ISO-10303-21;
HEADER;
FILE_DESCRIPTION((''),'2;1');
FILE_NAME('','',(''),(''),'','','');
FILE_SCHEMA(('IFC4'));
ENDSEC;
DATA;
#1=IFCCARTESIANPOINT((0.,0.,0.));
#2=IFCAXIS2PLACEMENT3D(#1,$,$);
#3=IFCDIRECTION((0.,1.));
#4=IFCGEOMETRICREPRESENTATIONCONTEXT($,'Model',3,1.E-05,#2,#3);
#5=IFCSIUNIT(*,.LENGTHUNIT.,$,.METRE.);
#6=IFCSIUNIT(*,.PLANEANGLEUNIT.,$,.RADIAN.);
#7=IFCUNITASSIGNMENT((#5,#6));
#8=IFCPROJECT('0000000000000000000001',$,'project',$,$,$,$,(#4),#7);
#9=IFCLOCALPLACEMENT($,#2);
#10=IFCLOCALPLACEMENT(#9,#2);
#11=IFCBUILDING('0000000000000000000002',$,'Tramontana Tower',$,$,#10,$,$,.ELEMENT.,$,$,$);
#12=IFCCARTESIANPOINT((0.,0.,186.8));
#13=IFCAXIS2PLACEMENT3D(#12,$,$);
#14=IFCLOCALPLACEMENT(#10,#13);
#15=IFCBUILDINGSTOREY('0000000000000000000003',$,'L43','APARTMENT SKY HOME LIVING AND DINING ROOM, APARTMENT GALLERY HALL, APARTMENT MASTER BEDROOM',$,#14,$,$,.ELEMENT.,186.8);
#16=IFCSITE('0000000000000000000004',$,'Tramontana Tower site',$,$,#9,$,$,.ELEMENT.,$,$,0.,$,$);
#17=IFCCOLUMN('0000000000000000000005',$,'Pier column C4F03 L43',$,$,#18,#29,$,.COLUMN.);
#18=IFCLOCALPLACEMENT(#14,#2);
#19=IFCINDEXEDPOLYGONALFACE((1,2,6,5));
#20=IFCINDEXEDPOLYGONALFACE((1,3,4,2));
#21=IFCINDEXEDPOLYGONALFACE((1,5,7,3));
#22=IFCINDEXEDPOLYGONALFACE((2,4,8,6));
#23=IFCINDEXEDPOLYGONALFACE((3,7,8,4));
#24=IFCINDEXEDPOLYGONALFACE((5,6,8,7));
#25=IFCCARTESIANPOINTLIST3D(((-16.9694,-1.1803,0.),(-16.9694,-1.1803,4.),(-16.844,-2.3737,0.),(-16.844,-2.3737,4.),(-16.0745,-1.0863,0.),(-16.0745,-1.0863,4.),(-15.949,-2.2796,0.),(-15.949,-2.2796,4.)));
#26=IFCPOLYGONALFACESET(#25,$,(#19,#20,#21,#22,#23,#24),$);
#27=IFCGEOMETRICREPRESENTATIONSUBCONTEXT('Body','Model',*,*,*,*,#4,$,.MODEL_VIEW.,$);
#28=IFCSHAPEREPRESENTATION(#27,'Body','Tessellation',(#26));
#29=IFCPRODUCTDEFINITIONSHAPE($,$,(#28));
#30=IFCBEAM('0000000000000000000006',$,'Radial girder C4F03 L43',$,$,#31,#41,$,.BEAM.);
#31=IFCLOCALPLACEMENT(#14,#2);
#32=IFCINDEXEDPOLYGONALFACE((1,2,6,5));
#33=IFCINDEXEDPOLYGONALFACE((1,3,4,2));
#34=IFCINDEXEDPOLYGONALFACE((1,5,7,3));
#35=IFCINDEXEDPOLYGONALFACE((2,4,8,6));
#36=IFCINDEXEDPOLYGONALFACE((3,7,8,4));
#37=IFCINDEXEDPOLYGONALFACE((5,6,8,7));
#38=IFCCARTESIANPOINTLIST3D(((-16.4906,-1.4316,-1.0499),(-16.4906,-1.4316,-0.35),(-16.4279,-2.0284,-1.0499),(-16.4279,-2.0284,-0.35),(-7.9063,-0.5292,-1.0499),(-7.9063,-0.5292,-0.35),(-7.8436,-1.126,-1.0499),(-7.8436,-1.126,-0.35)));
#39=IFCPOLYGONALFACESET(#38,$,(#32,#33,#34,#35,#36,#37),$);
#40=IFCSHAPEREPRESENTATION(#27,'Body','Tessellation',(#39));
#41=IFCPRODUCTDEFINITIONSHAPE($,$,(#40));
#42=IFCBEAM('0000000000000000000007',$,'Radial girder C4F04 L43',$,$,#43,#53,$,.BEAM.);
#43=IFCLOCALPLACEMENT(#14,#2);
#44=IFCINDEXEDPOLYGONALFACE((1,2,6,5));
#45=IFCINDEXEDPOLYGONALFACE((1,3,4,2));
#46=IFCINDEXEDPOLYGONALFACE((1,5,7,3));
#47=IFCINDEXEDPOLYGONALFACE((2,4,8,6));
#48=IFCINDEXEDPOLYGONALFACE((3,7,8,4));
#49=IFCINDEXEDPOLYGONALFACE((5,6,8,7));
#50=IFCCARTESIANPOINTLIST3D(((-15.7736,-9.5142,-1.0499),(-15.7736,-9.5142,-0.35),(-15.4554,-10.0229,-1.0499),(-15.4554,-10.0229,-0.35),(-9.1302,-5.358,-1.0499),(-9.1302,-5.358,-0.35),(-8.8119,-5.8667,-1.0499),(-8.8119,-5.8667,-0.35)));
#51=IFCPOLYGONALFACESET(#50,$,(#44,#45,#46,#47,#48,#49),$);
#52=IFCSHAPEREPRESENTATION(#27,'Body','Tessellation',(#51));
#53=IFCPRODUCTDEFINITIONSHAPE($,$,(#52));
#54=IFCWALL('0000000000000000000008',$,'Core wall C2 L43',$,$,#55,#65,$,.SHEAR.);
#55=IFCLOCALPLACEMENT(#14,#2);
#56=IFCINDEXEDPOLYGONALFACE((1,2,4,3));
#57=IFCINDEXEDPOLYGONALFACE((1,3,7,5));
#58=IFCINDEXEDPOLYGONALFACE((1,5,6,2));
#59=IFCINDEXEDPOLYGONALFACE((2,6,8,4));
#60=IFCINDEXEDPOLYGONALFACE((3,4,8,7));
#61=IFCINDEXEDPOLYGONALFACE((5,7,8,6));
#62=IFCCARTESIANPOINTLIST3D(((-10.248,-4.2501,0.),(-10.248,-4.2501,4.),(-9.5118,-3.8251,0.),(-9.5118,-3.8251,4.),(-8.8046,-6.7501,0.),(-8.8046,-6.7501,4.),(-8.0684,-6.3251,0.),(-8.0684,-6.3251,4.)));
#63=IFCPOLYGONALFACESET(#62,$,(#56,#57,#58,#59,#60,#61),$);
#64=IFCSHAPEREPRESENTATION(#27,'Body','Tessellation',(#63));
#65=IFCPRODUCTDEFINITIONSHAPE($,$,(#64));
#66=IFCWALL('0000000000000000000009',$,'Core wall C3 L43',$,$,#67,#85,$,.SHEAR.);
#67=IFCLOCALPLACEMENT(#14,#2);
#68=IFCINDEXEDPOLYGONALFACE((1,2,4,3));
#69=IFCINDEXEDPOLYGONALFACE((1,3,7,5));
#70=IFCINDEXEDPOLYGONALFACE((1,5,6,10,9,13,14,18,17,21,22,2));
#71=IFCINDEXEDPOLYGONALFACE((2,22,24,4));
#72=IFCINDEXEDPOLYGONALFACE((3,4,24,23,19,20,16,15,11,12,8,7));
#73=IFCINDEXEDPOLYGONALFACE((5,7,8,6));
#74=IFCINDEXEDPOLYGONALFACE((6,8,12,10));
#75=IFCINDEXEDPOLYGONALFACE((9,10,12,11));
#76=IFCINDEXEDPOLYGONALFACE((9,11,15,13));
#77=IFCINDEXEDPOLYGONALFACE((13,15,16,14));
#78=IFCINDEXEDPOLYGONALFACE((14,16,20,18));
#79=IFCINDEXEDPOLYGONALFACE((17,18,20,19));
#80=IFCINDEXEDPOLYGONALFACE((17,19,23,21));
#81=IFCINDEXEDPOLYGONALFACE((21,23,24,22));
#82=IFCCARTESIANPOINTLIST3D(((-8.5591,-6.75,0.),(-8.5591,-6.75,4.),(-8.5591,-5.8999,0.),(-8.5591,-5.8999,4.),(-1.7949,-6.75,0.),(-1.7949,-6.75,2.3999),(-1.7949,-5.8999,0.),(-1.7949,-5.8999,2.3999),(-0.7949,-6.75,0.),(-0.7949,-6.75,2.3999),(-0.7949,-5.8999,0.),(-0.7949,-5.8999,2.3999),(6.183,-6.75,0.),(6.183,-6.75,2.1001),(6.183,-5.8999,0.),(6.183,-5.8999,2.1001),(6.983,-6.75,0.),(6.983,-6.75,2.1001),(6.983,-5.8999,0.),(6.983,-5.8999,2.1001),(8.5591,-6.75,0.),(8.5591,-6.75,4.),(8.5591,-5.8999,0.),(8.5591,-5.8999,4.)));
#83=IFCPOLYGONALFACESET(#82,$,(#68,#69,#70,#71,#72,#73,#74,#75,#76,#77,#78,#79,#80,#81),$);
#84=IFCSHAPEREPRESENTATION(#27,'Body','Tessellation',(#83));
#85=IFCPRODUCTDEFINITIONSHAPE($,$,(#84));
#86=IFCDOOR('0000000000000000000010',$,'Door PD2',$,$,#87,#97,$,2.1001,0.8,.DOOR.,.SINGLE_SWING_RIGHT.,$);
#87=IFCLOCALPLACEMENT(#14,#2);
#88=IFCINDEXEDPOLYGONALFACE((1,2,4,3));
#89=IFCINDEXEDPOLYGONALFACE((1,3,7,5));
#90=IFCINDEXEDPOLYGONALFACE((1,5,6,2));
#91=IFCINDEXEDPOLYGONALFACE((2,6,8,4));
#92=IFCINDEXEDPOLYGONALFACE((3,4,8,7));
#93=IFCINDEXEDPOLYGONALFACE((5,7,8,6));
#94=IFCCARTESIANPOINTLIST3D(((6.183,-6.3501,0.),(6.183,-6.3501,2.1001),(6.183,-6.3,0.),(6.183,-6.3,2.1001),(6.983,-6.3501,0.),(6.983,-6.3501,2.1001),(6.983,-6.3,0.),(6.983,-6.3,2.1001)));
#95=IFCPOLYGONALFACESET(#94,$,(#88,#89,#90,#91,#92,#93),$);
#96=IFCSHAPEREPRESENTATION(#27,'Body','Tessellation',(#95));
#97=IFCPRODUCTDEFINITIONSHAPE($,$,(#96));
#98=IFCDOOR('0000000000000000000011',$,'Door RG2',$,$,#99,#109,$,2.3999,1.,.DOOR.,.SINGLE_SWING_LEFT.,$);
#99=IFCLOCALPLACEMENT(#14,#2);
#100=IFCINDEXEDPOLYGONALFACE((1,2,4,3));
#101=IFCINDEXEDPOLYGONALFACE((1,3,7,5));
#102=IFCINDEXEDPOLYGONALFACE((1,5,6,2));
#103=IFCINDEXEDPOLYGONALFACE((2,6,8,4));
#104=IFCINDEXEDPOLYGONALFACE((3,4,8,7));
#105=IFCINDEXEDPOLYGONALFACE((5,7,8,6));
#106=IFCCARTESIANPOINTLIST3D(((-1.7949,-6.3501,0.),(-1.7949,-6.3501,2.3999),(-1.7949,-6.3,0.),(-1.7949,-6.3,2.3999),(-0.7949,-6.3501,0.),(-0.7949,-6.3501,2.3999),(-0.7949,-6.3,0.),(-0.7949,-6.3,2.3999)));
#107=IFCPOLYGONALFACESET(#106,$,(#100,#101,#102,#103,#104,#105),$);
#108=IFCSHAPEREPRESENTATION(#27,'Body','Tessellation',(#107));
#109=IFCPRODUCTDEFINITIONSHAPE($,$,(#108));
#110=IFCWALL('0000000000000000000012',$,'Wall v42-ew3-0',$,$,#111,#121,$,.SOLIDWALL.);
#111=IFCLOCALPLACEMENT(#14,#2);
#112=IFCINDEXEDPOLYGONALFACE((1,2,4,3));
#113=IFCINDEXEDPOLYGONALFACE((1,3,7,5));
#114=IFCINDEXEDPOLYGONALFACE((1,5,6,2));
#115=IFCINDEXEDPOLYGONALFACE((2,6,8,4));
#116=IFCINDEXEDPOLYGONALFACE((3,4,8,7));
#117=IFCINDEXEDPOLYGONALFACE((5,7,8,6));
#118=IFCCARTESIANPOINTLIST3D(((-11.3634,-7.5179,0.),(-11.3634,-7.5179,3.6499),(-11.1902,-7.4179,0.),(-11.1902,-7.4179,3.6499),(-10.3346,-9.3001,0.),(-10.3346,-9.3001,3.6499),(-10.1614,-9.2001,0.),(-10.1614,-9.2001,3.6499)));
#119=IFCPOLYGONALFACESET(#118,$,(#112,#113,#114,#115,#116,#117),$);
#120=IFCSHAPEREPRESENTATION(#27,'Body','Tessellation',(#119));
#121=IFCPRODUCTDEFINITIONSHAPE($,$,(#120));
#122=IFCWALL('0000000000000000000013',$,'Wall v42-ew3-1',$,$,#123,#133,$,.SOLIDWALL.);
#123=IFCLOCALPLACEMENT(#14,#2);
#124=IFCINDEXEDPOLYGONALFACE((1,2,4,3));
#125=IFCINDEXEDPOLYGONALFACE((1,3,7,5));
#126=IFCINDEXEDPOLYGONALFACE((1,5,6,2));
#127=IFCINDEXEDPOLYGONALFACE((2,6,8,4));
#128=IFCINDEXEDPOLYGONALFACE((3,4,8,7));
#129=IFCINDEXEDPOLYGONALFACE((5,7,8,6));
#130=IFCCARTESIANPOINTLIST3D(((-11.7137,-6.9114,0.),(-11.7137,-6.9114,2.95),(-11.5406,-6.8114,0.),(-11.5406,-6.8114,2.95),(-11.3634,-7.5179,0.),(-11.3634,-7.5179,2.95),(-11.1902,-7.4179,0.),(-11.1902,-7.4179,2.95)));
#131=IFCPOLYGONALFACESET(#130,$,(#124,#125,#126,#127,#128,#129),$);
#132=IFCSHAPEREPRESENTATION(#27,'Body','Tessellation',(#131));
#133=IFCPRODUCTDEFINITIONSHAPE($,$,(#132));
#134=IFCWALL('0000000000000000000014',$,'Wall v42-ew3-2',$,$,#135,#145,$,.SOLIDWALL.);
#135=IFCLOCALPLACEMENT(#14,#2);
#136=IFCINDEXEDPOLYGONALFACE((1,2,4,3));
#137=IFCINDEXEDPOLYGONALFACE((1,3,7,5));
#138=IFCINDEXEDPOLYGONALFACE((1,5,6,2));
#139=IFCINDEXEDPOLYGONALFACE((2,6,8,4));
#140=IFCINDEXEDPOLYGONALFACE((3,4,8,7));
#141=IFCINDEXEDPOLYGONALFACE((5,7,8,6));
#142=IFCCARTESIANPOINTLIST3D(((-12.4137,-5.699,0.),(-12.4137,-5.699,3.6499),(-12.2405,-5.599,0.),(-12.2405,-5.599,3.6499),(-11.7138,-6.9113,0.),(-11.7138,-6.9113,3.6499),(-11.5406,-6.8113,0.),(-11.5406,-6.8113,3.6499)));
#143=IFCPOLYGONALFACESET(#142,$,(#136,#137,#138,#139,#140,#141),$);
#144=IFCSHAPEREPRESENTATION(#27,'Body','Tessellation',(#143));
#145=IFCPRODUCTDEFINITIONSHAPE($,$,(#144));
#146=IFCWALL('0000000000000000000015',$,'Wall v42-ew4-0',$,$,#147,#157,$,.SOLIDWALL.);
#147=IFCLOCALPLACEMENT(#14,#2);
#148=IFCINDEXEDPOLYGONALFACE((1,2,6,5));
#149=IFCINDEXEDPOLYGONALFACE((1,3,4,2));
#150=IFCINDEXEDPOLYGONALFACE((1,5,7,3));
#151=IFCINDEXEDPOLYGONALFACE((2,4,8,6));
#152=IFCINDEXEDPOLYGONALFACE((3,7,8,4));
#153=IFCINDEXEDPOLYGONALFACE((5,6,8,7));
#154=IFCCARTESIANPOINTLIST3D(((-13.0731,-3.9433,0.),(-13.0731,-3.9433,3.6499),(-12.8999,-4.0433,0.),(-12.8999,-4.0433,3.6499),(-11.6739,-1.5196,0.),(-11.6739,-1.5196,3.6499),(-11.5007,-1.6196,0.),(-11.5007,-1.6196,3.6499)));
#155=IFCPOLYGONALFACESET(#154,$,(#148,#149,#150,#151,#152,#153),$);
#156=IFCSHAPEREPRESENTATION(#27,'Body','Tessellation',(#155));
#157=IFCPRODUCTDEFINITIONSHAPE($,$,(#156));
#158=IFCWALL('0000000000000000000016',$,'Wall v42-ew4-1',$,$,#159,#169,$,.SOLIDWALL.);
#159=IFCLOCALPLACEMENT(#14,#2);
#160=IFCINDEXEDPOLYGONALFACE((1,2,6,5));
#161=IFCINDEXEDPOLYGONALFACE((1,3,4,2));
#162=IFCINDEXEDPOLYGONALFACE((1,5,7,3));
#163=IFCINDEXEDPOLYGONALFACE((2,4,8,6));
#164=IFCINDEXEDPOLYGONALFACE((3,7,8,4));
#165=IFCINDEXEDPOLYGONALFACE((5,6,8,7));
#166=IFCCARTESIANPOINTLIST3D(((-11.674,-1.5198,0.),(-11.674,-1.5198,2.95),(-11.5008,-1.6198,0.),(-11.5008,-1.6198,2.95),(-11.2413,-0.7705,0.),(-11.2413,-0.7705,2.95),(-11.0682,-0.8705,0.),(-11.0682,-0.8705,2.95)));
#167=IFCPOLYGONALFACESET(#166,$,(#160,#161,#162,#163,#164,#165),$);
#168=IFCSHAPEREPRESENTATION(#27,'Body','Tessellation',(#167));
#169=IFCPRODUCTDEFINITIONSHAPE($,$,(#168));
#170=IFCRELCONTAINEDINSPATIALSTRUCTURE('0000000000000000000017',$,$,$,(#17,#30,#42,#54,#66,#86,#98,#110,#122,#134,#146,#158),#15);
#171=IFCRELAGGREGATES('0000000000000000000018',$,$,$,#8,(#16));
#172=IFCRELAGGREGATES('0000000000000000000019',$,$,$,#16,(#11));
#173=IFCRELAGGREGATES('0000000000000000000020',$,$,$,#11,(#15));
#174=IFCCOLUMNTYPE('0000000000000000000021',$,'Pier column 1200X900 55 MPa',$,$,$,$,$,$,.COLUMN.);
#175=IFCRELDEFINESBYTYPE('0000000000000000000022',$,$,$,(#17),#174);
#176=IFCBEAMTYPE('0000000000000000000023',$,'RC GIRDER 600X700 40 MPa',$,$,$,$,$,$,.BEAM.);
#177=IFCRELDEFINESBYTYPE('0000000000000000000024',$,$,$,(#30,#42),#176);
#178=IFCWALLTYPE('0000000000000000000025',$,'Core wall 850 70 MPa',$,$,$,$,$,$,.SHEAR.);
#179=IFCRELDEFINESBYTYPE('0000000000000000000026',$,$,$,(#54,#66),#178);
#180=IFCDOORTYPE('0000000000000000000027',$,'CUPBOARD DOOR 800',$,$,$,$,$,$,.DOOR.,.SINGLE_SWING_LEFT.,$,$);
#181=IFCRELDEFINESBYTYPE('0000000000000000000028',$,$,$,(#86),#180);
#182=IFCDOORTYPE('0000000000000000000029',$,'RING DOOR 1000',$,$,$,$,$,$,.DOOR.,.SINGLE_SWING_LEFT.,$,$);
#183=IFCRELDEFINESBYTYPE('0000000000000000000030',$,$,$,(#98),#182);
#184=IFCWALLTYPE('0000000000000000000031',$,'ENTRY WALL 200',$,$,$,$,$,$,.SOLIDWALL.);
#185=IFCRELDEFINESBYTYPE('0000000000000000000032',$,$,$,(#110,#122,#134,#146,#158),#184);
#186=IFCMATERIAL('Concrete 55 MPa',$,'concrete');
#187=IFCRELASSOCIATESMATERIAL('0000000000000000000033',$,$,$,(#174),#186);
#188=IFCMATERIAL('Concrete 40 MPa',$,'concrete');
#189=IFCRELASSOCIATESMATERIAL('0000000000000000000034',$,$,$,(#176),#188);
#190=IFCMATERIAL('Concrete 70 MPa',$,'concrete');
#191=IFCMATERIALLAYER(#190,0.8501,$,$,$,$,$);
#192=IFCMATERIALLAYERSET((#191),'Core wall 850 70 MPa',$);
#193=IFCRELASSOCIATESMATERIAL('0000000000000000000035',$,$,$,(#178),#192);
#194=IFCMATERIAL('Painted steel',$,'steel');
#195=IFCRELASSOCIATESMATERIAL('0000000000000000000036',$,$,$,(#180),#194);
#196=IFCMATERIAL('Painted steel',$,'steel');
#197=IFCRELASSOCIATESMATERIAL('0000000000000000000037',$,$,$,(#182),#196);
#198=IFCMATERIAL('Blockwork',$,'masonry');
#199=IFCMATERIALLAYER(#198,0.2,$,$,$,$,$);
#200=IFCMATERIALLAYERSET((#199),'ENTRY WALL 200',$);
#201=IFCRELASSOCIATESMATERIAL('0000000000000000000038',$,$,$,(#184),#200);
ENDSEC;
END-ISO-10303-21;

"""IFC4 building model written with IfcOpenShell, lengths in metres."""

from ifc_helpers import new_model, si_unit, direction, frame, frame_2d, origin, origin_2d, place, context, subcontext, project, spatial, rectangle, extrude, material, layer, layer_set, material_profile, profile_set, type_object, element, fill, save


model = new_model("IFC4")

# Units and contexts
model_context = context("Model", 3, precision=1e-05, world=origin(), true_north=direction((0.0, 1.0)))
body_context = subcontext(model_context, "Body", "Model", "MODEL_VIEW")
ifc_project = project(units=[si_unit("LENGTHUNIT", "METRE"), si_unit("PLANEANGLEUNIT", "RADIAN")], contexts=[model_context])

# Site, building, storey
site_placement = place(None, origin())
site = spatial("IfcSite", under=ifc_project, at=site_placement, Name="Tramontana Tower site", CompositionType="ELEMENT", RefElevation=0.0)
building_placement = place(site_placement, origin())
building = spatial("IfcBuilding", under=site, at=building_placement, Name="Tramontana Tower", CompositionType="ELEMENT")
storey_placement = place(building_placement, frame((0.0, 0.0, 186.8)))
storey = spatial("IfcBuildingStorey", under=building, at=storey_placement, Name="L43", Description="APARTMENT SKY HOME LIVING AND DINING ROOM, APARTMENT GALLERY HALL, APARTMENT MASTER BEDROOM", CompositionType="ELEMENT", Elevation=186.8)

# Column
ifc_material_1 = material(Name="Concrete 55 MPa", Category="concrete")
ifc_material_profile_1 = material_profile(ifc_material_1, rectangle(XDim=1.2, YDim=0.8999, at=origin_2d()), Name="Pier column 1200X900 55 MPa")
ifc_profile_set_1 = profile_set([ifc_material_profile_1], Name="Concrete 55 MPa")
column_type = type_object("IfcColumnType", Name="Pier column 1200X900 55 MPa", PredefinedType="COLUMN", material=ifc_profile_set_1)
column_placement = place(storey_placement, frame((-16.4592, -1.73, 0.0), z_axis=(0.0, 0.0, 1.0), x_axis=(0.104528, -0.994522, 0.0)))
element("IfcColumn", 1, at=column_placement, inside=storey, type_object=column_type, Name="Pier column C4F03 L43", PredefinedType="COLUMN", context=body_context, shape_type="SweptSolid", body=[
    extrude(rectangle(XDim=1.2, YDim=0.8999, at=origin_2d()), origin(), (0.0, 0.0, 1.0), 4.0),
])

# Beams
ifc_material_2 = material(Name="Concrete 40 MPa", Category="concrete")
ifc_material_profile_2 = material_profile(ifc_material_2, rectangle(XDim=0.6001, YDim=0.7, at=origin_2d()), Name="RC GIRDER 600X700 40 MPa")
ifc_profile_set_2 = profile_set([ifc_material_profile_2], Name="Concrete 40 MPa")
beam_type = type_object("IfcBeamType", Name="RC GIRDER 600X700 40 MPa", PredefinedType="BEAM", material=ifc_profile_set_2)
beam_1_placement = place(storey_placement, frame((-16.4592, -1.73, -0.7), z_axis=(0.994521, 0.10454, 0.0), x_axis=(-0.10454, 0.994521, 0.0)))
element("IfcBeam", 2, at=beam_1_placement, inside=storey, type_object=beam_type, Name="Radial girder C4F03 L43", PredefinedType="BEAM", context=body_context, shape_type="SweptSolid", body=[
    extrude(rectangle(XDim=0.6001, YDim=0.7, at=origin_2d()), origin(), (0.0, 0.0, 1.0), 8.6316),
])
beam_2_placement = place(storey_placement, frame((-15.6145, -9.7686, -0.7), z_axis=(0.847767, 0.530369, 0.0), x_axis=(-0.530369, 0.847767, 0.0)))
element("IfcBeam", 3, at=beam_2_placement, inside=storey, type_object=beam_type, Name="Radial girder C4F04 L43", PredefinedType="BEAM", context=body_context, shape_type="SweptSolid", body=[
    extrude(rectangle(XDim=0.6001, YDim=0.7, at=origin_2d()), origin(), (0.0, 0.0, 1.0), 7.8364),
])

# Wall
ifc_material_3 = material(Name="Concrete 70 MPa", Category="concrete")
ifc_layer_1 = layer(ifc_material_3, 0.8501)
ifc_layer_set_1 = layer_set([ifc_layer_1], Name="Core wall 850 70 MPa")
wall_type_1 = type_object("IfcWallType", Name="Core wall 850 70 MPa", PredefinedType="SHEAR", material=ifc_layer_set_1)
wall_1_placement = place(storey_placement, frame((-9.8799, -4.0376, 0.0), z_axis=(0.0, 0.0, 1.0), x_axis=(0.499996, -0.866028, 0.0)))
element("IfcWall", 4, at=wall_1_placement, inside=storey, type_object=wall_type_1, Name="Core wall C2 L43", PredefinedType="SHEAR", context=body_context, shape_type="SweptSolid", body=[
    extrude(rectangle(XDim=2.8867, YDim=0.8501, at=frame_2d((1.4434, 0.0))), origin(), (0.0, 0.0, 1.0), 4.0),
])

# Wall, openings, doors
wall_2_placement = place(storey_placement, frame((-8.5591, -6.325, 0.0), z_axis=(0.0, 0.0, 1.0), x_axis=(1.0, 0.0, 0.0)))
wall_2 = element("IfcWall", 5, at=wall_2_placement, inside=storey, type_object=wall_type_1, Name="Core wall C3 L43", PredefinedType="SHEAR", context=body_context, shape_type="SweptSolid", body=[
    extrude(rectangle(XDim=17.1182, YDim=0.8501, at=frame_2d((8.5591, 0.0))), origin(), (0.0, 0.0, 1.0), 4.0),
])
opening_1_placement = place(wall_2_placement, frame((6.7642, 0.0, 0.0)))
opening_1 = element("IfcOpeningElement", 6, at=opening_1_placement, cuts=wall_2, PredefinedType="OPENING", context=body_context, shape_type="SweptSolid", body=[
    extrude(rectangle(XDim=1.0, YDim=2.3999, at=frame_2d((0.5, 1.2))), frame((0.0, 0.4351, 0.0), z_axis=(0.0, -1.0, 0.0), x_axis=(1.0, 0.0, 0.0)), (0.0, 0.0, 1.0), 0.8701),
])
opening_2_placement = place(wall_2_placement, frame((14.7422, 0.0, 0.0)))
opening_2 = element("IfcOpeningElement", 7, at=opening_2_placement, cuts=wall_2, PredefinedType="OPENING", context=body_context, shape_type="SweptSolid", body=[
    extrude(rectangle(XDim=0.8, YDim=2.1001, at=frame_2d((0.3999, 1.05))), frame((0.0, 0.4351, 0.0), z_axis=(0.0, -1.0, 0.0), x_axis=(1.0, 0.0, 0.0)), (0.0, 0.0, 1.0), 0.8701),
])
ifc_material_4 = material(Name="Painted steel", Category="steel")
door_type_1 = type_object("IfcDoorType", Name="CUPBOARD DOOR 800", OperationType="SINGLE_SWING_LEFT", PredefinedType="DOOR", material=ifc_material_4)
door_1_placement = place(opening_2_placement, origin())
door_1 = element("IfcDoor", 8, at=door_1_placement, inside=storey, type_object=door_type_1, Name="Door PD2", OperationType="SINGLE_SWING_RIGHT", OverallHeight=2.1001, OverallWidth=0.8, PredefinedType="DOOR", context=body_context, shape_type="SweptSolid", body=[
    extrude(rectangle(XDim=0.8, YDim=2.1001, at=frame_2d((0.3999, 1.05))), frame((0.0, 0.0249, 0.0), z_axis=(0.0, -1.0, 0.0), x_axis=(1.0, 0.0, 0.0)), (0.0, 0.0, 1.0), 0.05),
])
fill(opening_2, door_1)
ifc_material_5 = material(Name="Painted steel", Category="steel")
door_type_2 = type_object("IfcDoorType", Name="RING DOOR 1000", OperationType="SINGLE_SWING_LEFT", PredefinedType="DOOR", material=ifc_material_5)
door_2_placement = place(opening_1_placement, origin())
door_2 = element("IfcDoor", 9, at=door_2_placement, inside=storey, type_object=door_type_2, Name="Door RG2", OperationType="SINGLE_SWING_LEFT", OverallHeight=2.3999, OverallWidth=1.0, PredefinedType="DOOR", context=body_context, shape_type="SweptSolid", body=[
    extrude(rectangle(XDim=1.0, YDim=2.3999, at=frame_2d((0.5, 1.2))), frame((0.0, 0.0249, 0.0), z_axis=(0.0, -1.0, 0.0), x_axis=(1.0, 0.0, 0.0)), (0.0, 0.0, 1.0), 0.05),
])
fill(opening_1, door_2)

# Walls
ifc_material_6 = material(Name="Blockwork", Category="masonry")
ifc_layer_2 = layer(ifc_material_6, 0.2)
ifc_layer_set_2 = layer_set([ifc_layer_2], Name="ENTRY WALL 200")
wall_type_2 = type_object("IfcWallType", Name="ENTRY WALL 200", PredefinedType="SOLIDWALL", material=ifc_layer_set_2)
wall_3_placement = place(storey_placement, frame((-10.248, -9.25, 0.0), z_axis=(0.0, 0.0, 1.0), x_axis=(-0.499942, 0.866059, 0.0)))
element("IfcWall", 10, at=wall_3_placement, inside=storey, type_object=wall_type_2, Name="Wall v42-ew3-0", PredefinedType="SOLIDWALL", context=body_context, shape_type="SweptSolid", body=[
    extrude(rectangle(XDim=2.0579, YDim=0.2, at=frame_2d((1.0288, 0.0))), origin(), (0.0, 0.0, 1.0), 3.6499),
])
wall_4_placement = place(storey_placement, frame((-11.2769, -7.4678, 0.0), z_axis=(0.0, 0.0, 1.0), x_axis=(-0.500225, 0.865895, 0.0)))
element("IfcWall", 11, at=wall_4_placement, inside=storey, type_object=wall_type_2, Name="Wall v42-ew3-1", PredefinedType="SOLIDWALL", context=body_context, shape_type="SweptSolid", body=[
    extrude(rectangle(XDim=0.7004, YDim=0.2, at=frame_2d((0.3501, 0.0))), origin(), (0.0, 0.0, 1.0), 2.95),
])
wall_5_placement = place(storey_placement, frame((-11.6272, -6.8613, 0.0), z_axis=(0.0, 0.0, 1.0), x_axis=(-0.499984, 0.866035, 0.0)))
element("IfcWall", 12, at=wall_5_placement, inside=storey, type_object=wall_type_2, Name="Wall v42-ew3-2", PredefinedType="SOLIDWALL", context=body_context, shape_type="SweptSolid", body=[
    extrude(rectangle(XDim=1.3999, YDim=0.2, at=frame_2d((0.7, 0.0))), origin(), (0.0, 0.0, 1.0), 3.6499),
])
wall_6_placement = place(storey_placement, frame((-12.9866, -3.9934, 0.0), z_axis=(0.0, 0.0, 1.0), x_axis=(0.499977, 0.866039, 0.0)))
element("IfcWall", 13, at=wall_6_placement, inside=storey, type_object=wall_type_2, Name="Wall v42-ew4-0", PredefinedType="SOLIDWALL", context=body_context, shape_type="SweptSolid", body=[
    extrude(rectangle(XDim=2.7986, YDim=0.2, at=frame_2d((1.3994, 0.0))), origin(), (0.0, 0.0, 1.0), 3.6499),
])
wall_7_placement = place(storey_placement, frame((-11.5874, -1.5698, 0.0), z_axis=(0.0, 0.0, 1.0), x_axis=(0.500024, 0.866012, 0.0)))
element("IfcWall", 14, at=wall_7_placement, inside=storey, type_object=wall_type_2, Name="Wall v42-ew4-1", PredefinedType="SOLIDWALL", context=body_context, shape_type="SweptSolid", body=[
    extrude(rectangle(XDim=0.8652, YDim=0.2, at=frame_2d((0.4326, 0.0))), origin(), (0.0, 0.0, 1.0), 2.95),
])

save(model, "model.ifc")
